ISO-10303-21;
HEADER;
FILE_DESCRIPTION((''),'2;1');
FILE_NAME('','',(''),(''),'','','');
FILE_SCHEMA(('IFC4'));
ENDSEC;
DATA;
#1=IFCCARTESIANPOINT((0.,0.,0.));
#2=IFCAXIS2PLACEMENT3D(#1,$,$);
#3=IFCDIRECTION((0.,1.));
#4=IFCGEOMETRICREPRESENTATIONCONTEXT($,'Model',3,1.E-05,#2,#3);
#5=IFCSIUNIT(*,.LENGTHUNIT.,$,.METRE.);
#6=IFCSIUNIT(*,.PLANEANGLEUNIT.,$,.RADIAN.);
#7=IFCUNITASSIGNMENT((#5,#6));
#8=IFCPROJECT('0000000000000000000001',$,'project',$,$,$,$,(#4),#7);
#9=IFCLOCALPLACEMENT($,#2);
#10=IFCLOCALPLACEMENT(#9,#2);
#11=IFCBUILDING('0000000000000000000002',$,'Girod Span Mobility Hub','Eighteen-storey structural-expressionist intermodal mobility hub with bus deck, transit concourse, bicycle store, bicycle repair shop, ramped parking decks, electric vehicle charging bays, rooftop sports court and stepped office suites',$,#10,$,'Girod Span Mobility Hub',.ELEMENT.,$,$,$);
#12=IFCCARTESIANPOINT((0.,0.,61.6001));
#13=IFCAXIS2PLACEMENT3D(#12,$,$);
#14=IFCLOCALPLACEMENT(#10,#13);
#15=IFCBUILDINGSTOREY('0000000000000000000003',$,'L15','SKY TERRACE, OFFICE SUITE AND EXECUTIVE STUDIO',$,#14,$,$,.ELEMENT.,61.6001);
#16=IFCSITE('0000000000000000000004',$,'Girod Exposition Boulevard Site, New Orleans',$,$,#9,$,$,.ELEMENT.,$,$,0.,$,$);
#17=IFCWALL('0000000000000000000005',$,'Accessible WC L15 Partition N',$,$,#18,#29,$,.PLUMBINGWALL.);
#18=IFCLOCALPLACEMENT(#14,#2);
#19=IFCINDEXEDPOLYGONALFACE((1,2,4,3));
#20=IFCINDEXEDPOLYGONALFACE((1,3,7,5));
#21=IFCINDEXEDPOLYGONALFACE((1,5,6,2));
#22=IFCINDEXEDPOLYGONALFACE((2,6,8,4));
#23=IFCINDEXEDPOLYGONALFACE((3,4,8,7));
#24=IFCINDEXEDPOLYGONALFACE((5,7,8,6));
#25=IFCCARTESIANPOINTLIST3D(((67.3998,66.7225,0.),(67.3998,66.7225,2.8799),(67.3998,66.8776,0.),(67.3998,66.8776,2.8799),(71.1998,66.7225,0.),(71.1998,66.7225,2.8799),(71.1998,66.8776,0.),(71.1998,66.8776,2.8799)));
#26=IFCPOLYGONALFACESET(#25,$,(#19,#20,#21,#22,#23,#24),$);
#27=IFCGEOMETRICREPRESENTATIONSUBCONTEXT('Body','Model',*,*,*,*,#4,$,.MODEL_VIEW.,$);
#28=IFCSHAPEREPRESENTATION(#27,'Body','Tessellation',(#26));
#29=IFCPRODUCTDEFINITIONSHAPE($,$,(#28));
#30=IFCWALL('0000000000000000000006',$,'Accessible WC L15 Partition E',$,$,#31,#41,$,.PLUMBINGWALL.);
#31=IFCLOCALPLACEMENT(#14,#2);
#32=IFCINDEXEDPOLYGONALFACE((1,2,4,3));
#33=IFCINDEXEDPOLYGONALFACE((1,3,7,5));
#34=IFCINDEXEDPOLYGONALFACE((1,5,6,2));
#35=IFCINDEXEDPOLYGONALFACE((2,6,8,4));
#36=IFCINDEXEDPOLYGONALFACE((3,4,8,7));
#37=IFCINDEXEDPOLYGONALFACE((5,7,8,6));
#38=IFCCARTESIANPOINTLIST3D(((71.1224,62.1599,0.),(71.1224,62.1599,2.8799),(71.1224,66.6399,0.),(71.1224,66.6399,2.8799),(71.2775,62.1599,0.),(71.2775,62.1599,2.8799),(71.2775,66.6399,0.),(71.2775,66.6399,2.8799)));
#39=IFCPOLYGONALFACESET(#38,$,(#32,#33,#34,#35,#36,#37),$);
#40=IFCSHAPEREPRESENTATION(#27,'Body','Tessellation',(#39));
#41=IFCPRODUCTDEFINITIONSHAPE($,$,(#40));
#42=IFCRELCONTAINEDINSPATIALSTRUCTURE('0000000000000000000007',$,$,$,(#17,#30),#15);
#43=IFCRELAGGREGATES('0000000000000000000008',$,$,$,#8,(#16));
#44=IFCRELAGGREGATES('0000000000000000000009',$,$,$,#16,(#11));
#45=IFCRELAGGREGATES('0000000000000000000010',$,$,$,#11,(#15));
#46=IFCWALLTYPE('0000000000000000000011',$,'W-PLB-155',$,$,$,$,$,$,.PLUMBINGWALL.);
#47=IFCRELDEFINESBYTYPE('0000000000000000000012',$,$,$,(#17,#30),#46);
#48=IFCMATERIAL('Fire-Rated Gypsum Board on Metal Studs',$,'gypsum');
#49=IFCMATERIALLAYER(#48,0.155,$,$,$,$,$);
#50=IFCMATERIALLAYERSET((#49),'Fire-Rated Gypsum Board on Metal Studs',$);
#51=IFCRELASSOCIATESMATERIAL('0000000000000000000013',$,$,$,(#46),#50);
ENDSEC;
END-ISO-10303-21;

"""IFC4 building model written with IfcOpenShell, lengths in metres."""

from ifc_helpers import new_model, si_unit, direction, frame, frame_2d, origin, place, context, subcontext, project, spatial, rectangle, extrude, material, layer, layer_set, type_object, element, save


model = new_model("IFC4")

# Units and contexts
model_context = context("Model", 3, precision=1e-05, world=origin(), true_north=direction((0.0, 1.0)))
body_context = subcontext(model_context, "Body", "Model", "MODEL_VIEW")
ifc_project = project(units=[si_unit("LENGTHUNIT", "METRE"), si_unit("PLANEANGLEUNIT", "RADIAN")], contexts=[model_context])

# Site, building, storey
site_placement = place(None, origin())
site = spatial("IfcSite", under=ifc_project, at=site_placement, Name="Girod Exposition Boulevard Site, New Orleans", CompositionType="ELEMENT", RefElevation=0.0)
building_placement = place(site_placement, origin())
building = spatial("IfcBuilding", under=site, at=building_placement, Name="Girod Span Mobility Hub", Description="Eighteen-storey structural-expressionist intermodal mobility hub with bus deck, transit concourse, bicycle store, bicycle repair shop, ramped parking decks, electric vehicle charging bays, rooftop sports court and stepped office suites", LongName="Girod Span Mobility Hub", CompositionType="ELEMENT")
storey_placement = place(building_placement, frame((0.0, 0.0, 61.6001)))
storey = spatial("IfcBuildingStorey", under=building, at=storey_placement, Name="L15", Description="SKY TERRACE, OFFICE SUITE AND EXECUTIVE STUDIO", CompositionType="ELEMENT", Elevation=61.6001)

# Shared definitions
ifc_material_1 = material(Name="Fire-Rated Gypsum Board on Metal Studs", Category="gypsum")
ifc_layer_1 = layer(ifc_material_1, 0.155)
ifc_layer_set_1 = layer_set([ifc_layer_1], Name="Fire-Rated Gypsum Board on Metal Studs")
wall_type = type_object("IfcWallType", Name="W-PLB-155", PredefinedType="PLUMBINGWALL", material=ifc_layer_set_1)

# Walls
wall_1_placement = place(storey_placement, frame((67.3999, 66.8, 0.0), z_axis=(0.0, 0.0, 1.0), x_axis=(1.0, 0.0, 0.0)))
element("IfcWall", 1, at=wall_1_placement, inside=storey, type_object=wall_type, Name="Accessible WC L15 Partition N", PredefinedType="PLUMBINGWALL", context=body_context, shape_type="SweptSolid", body=[
    extrude(rectangle(XDim=3.8, YDim=0.155, at=frame_2d((1.8999, 0.0))), origin(), (0.0, 0.0, 1.0), 2.8799),
])
wall_2_placement = place(storey_placement, frame((71.2, 62.1599, 0.0), z_axis=(0.0, 0.0, 1.0), x_axis=(0.0, 1.0, 0.0)))
element("IfcWall", 2, at=wall_2_placement, inside=storey, type_object=wall_type, Name="Accessible WC L15 Partition E", PredefinedType="PLUMBINGWALL", context=body_context, shape_type="SweptSolid", body=[
    extrude(rectangle(XDim=4.48, YDim=0.155, at=frame_2d((2.24, 0.0))), origin(), (0.0, 0.0, 1.0), 2.8799),
])

save(model, "model.ifc")
